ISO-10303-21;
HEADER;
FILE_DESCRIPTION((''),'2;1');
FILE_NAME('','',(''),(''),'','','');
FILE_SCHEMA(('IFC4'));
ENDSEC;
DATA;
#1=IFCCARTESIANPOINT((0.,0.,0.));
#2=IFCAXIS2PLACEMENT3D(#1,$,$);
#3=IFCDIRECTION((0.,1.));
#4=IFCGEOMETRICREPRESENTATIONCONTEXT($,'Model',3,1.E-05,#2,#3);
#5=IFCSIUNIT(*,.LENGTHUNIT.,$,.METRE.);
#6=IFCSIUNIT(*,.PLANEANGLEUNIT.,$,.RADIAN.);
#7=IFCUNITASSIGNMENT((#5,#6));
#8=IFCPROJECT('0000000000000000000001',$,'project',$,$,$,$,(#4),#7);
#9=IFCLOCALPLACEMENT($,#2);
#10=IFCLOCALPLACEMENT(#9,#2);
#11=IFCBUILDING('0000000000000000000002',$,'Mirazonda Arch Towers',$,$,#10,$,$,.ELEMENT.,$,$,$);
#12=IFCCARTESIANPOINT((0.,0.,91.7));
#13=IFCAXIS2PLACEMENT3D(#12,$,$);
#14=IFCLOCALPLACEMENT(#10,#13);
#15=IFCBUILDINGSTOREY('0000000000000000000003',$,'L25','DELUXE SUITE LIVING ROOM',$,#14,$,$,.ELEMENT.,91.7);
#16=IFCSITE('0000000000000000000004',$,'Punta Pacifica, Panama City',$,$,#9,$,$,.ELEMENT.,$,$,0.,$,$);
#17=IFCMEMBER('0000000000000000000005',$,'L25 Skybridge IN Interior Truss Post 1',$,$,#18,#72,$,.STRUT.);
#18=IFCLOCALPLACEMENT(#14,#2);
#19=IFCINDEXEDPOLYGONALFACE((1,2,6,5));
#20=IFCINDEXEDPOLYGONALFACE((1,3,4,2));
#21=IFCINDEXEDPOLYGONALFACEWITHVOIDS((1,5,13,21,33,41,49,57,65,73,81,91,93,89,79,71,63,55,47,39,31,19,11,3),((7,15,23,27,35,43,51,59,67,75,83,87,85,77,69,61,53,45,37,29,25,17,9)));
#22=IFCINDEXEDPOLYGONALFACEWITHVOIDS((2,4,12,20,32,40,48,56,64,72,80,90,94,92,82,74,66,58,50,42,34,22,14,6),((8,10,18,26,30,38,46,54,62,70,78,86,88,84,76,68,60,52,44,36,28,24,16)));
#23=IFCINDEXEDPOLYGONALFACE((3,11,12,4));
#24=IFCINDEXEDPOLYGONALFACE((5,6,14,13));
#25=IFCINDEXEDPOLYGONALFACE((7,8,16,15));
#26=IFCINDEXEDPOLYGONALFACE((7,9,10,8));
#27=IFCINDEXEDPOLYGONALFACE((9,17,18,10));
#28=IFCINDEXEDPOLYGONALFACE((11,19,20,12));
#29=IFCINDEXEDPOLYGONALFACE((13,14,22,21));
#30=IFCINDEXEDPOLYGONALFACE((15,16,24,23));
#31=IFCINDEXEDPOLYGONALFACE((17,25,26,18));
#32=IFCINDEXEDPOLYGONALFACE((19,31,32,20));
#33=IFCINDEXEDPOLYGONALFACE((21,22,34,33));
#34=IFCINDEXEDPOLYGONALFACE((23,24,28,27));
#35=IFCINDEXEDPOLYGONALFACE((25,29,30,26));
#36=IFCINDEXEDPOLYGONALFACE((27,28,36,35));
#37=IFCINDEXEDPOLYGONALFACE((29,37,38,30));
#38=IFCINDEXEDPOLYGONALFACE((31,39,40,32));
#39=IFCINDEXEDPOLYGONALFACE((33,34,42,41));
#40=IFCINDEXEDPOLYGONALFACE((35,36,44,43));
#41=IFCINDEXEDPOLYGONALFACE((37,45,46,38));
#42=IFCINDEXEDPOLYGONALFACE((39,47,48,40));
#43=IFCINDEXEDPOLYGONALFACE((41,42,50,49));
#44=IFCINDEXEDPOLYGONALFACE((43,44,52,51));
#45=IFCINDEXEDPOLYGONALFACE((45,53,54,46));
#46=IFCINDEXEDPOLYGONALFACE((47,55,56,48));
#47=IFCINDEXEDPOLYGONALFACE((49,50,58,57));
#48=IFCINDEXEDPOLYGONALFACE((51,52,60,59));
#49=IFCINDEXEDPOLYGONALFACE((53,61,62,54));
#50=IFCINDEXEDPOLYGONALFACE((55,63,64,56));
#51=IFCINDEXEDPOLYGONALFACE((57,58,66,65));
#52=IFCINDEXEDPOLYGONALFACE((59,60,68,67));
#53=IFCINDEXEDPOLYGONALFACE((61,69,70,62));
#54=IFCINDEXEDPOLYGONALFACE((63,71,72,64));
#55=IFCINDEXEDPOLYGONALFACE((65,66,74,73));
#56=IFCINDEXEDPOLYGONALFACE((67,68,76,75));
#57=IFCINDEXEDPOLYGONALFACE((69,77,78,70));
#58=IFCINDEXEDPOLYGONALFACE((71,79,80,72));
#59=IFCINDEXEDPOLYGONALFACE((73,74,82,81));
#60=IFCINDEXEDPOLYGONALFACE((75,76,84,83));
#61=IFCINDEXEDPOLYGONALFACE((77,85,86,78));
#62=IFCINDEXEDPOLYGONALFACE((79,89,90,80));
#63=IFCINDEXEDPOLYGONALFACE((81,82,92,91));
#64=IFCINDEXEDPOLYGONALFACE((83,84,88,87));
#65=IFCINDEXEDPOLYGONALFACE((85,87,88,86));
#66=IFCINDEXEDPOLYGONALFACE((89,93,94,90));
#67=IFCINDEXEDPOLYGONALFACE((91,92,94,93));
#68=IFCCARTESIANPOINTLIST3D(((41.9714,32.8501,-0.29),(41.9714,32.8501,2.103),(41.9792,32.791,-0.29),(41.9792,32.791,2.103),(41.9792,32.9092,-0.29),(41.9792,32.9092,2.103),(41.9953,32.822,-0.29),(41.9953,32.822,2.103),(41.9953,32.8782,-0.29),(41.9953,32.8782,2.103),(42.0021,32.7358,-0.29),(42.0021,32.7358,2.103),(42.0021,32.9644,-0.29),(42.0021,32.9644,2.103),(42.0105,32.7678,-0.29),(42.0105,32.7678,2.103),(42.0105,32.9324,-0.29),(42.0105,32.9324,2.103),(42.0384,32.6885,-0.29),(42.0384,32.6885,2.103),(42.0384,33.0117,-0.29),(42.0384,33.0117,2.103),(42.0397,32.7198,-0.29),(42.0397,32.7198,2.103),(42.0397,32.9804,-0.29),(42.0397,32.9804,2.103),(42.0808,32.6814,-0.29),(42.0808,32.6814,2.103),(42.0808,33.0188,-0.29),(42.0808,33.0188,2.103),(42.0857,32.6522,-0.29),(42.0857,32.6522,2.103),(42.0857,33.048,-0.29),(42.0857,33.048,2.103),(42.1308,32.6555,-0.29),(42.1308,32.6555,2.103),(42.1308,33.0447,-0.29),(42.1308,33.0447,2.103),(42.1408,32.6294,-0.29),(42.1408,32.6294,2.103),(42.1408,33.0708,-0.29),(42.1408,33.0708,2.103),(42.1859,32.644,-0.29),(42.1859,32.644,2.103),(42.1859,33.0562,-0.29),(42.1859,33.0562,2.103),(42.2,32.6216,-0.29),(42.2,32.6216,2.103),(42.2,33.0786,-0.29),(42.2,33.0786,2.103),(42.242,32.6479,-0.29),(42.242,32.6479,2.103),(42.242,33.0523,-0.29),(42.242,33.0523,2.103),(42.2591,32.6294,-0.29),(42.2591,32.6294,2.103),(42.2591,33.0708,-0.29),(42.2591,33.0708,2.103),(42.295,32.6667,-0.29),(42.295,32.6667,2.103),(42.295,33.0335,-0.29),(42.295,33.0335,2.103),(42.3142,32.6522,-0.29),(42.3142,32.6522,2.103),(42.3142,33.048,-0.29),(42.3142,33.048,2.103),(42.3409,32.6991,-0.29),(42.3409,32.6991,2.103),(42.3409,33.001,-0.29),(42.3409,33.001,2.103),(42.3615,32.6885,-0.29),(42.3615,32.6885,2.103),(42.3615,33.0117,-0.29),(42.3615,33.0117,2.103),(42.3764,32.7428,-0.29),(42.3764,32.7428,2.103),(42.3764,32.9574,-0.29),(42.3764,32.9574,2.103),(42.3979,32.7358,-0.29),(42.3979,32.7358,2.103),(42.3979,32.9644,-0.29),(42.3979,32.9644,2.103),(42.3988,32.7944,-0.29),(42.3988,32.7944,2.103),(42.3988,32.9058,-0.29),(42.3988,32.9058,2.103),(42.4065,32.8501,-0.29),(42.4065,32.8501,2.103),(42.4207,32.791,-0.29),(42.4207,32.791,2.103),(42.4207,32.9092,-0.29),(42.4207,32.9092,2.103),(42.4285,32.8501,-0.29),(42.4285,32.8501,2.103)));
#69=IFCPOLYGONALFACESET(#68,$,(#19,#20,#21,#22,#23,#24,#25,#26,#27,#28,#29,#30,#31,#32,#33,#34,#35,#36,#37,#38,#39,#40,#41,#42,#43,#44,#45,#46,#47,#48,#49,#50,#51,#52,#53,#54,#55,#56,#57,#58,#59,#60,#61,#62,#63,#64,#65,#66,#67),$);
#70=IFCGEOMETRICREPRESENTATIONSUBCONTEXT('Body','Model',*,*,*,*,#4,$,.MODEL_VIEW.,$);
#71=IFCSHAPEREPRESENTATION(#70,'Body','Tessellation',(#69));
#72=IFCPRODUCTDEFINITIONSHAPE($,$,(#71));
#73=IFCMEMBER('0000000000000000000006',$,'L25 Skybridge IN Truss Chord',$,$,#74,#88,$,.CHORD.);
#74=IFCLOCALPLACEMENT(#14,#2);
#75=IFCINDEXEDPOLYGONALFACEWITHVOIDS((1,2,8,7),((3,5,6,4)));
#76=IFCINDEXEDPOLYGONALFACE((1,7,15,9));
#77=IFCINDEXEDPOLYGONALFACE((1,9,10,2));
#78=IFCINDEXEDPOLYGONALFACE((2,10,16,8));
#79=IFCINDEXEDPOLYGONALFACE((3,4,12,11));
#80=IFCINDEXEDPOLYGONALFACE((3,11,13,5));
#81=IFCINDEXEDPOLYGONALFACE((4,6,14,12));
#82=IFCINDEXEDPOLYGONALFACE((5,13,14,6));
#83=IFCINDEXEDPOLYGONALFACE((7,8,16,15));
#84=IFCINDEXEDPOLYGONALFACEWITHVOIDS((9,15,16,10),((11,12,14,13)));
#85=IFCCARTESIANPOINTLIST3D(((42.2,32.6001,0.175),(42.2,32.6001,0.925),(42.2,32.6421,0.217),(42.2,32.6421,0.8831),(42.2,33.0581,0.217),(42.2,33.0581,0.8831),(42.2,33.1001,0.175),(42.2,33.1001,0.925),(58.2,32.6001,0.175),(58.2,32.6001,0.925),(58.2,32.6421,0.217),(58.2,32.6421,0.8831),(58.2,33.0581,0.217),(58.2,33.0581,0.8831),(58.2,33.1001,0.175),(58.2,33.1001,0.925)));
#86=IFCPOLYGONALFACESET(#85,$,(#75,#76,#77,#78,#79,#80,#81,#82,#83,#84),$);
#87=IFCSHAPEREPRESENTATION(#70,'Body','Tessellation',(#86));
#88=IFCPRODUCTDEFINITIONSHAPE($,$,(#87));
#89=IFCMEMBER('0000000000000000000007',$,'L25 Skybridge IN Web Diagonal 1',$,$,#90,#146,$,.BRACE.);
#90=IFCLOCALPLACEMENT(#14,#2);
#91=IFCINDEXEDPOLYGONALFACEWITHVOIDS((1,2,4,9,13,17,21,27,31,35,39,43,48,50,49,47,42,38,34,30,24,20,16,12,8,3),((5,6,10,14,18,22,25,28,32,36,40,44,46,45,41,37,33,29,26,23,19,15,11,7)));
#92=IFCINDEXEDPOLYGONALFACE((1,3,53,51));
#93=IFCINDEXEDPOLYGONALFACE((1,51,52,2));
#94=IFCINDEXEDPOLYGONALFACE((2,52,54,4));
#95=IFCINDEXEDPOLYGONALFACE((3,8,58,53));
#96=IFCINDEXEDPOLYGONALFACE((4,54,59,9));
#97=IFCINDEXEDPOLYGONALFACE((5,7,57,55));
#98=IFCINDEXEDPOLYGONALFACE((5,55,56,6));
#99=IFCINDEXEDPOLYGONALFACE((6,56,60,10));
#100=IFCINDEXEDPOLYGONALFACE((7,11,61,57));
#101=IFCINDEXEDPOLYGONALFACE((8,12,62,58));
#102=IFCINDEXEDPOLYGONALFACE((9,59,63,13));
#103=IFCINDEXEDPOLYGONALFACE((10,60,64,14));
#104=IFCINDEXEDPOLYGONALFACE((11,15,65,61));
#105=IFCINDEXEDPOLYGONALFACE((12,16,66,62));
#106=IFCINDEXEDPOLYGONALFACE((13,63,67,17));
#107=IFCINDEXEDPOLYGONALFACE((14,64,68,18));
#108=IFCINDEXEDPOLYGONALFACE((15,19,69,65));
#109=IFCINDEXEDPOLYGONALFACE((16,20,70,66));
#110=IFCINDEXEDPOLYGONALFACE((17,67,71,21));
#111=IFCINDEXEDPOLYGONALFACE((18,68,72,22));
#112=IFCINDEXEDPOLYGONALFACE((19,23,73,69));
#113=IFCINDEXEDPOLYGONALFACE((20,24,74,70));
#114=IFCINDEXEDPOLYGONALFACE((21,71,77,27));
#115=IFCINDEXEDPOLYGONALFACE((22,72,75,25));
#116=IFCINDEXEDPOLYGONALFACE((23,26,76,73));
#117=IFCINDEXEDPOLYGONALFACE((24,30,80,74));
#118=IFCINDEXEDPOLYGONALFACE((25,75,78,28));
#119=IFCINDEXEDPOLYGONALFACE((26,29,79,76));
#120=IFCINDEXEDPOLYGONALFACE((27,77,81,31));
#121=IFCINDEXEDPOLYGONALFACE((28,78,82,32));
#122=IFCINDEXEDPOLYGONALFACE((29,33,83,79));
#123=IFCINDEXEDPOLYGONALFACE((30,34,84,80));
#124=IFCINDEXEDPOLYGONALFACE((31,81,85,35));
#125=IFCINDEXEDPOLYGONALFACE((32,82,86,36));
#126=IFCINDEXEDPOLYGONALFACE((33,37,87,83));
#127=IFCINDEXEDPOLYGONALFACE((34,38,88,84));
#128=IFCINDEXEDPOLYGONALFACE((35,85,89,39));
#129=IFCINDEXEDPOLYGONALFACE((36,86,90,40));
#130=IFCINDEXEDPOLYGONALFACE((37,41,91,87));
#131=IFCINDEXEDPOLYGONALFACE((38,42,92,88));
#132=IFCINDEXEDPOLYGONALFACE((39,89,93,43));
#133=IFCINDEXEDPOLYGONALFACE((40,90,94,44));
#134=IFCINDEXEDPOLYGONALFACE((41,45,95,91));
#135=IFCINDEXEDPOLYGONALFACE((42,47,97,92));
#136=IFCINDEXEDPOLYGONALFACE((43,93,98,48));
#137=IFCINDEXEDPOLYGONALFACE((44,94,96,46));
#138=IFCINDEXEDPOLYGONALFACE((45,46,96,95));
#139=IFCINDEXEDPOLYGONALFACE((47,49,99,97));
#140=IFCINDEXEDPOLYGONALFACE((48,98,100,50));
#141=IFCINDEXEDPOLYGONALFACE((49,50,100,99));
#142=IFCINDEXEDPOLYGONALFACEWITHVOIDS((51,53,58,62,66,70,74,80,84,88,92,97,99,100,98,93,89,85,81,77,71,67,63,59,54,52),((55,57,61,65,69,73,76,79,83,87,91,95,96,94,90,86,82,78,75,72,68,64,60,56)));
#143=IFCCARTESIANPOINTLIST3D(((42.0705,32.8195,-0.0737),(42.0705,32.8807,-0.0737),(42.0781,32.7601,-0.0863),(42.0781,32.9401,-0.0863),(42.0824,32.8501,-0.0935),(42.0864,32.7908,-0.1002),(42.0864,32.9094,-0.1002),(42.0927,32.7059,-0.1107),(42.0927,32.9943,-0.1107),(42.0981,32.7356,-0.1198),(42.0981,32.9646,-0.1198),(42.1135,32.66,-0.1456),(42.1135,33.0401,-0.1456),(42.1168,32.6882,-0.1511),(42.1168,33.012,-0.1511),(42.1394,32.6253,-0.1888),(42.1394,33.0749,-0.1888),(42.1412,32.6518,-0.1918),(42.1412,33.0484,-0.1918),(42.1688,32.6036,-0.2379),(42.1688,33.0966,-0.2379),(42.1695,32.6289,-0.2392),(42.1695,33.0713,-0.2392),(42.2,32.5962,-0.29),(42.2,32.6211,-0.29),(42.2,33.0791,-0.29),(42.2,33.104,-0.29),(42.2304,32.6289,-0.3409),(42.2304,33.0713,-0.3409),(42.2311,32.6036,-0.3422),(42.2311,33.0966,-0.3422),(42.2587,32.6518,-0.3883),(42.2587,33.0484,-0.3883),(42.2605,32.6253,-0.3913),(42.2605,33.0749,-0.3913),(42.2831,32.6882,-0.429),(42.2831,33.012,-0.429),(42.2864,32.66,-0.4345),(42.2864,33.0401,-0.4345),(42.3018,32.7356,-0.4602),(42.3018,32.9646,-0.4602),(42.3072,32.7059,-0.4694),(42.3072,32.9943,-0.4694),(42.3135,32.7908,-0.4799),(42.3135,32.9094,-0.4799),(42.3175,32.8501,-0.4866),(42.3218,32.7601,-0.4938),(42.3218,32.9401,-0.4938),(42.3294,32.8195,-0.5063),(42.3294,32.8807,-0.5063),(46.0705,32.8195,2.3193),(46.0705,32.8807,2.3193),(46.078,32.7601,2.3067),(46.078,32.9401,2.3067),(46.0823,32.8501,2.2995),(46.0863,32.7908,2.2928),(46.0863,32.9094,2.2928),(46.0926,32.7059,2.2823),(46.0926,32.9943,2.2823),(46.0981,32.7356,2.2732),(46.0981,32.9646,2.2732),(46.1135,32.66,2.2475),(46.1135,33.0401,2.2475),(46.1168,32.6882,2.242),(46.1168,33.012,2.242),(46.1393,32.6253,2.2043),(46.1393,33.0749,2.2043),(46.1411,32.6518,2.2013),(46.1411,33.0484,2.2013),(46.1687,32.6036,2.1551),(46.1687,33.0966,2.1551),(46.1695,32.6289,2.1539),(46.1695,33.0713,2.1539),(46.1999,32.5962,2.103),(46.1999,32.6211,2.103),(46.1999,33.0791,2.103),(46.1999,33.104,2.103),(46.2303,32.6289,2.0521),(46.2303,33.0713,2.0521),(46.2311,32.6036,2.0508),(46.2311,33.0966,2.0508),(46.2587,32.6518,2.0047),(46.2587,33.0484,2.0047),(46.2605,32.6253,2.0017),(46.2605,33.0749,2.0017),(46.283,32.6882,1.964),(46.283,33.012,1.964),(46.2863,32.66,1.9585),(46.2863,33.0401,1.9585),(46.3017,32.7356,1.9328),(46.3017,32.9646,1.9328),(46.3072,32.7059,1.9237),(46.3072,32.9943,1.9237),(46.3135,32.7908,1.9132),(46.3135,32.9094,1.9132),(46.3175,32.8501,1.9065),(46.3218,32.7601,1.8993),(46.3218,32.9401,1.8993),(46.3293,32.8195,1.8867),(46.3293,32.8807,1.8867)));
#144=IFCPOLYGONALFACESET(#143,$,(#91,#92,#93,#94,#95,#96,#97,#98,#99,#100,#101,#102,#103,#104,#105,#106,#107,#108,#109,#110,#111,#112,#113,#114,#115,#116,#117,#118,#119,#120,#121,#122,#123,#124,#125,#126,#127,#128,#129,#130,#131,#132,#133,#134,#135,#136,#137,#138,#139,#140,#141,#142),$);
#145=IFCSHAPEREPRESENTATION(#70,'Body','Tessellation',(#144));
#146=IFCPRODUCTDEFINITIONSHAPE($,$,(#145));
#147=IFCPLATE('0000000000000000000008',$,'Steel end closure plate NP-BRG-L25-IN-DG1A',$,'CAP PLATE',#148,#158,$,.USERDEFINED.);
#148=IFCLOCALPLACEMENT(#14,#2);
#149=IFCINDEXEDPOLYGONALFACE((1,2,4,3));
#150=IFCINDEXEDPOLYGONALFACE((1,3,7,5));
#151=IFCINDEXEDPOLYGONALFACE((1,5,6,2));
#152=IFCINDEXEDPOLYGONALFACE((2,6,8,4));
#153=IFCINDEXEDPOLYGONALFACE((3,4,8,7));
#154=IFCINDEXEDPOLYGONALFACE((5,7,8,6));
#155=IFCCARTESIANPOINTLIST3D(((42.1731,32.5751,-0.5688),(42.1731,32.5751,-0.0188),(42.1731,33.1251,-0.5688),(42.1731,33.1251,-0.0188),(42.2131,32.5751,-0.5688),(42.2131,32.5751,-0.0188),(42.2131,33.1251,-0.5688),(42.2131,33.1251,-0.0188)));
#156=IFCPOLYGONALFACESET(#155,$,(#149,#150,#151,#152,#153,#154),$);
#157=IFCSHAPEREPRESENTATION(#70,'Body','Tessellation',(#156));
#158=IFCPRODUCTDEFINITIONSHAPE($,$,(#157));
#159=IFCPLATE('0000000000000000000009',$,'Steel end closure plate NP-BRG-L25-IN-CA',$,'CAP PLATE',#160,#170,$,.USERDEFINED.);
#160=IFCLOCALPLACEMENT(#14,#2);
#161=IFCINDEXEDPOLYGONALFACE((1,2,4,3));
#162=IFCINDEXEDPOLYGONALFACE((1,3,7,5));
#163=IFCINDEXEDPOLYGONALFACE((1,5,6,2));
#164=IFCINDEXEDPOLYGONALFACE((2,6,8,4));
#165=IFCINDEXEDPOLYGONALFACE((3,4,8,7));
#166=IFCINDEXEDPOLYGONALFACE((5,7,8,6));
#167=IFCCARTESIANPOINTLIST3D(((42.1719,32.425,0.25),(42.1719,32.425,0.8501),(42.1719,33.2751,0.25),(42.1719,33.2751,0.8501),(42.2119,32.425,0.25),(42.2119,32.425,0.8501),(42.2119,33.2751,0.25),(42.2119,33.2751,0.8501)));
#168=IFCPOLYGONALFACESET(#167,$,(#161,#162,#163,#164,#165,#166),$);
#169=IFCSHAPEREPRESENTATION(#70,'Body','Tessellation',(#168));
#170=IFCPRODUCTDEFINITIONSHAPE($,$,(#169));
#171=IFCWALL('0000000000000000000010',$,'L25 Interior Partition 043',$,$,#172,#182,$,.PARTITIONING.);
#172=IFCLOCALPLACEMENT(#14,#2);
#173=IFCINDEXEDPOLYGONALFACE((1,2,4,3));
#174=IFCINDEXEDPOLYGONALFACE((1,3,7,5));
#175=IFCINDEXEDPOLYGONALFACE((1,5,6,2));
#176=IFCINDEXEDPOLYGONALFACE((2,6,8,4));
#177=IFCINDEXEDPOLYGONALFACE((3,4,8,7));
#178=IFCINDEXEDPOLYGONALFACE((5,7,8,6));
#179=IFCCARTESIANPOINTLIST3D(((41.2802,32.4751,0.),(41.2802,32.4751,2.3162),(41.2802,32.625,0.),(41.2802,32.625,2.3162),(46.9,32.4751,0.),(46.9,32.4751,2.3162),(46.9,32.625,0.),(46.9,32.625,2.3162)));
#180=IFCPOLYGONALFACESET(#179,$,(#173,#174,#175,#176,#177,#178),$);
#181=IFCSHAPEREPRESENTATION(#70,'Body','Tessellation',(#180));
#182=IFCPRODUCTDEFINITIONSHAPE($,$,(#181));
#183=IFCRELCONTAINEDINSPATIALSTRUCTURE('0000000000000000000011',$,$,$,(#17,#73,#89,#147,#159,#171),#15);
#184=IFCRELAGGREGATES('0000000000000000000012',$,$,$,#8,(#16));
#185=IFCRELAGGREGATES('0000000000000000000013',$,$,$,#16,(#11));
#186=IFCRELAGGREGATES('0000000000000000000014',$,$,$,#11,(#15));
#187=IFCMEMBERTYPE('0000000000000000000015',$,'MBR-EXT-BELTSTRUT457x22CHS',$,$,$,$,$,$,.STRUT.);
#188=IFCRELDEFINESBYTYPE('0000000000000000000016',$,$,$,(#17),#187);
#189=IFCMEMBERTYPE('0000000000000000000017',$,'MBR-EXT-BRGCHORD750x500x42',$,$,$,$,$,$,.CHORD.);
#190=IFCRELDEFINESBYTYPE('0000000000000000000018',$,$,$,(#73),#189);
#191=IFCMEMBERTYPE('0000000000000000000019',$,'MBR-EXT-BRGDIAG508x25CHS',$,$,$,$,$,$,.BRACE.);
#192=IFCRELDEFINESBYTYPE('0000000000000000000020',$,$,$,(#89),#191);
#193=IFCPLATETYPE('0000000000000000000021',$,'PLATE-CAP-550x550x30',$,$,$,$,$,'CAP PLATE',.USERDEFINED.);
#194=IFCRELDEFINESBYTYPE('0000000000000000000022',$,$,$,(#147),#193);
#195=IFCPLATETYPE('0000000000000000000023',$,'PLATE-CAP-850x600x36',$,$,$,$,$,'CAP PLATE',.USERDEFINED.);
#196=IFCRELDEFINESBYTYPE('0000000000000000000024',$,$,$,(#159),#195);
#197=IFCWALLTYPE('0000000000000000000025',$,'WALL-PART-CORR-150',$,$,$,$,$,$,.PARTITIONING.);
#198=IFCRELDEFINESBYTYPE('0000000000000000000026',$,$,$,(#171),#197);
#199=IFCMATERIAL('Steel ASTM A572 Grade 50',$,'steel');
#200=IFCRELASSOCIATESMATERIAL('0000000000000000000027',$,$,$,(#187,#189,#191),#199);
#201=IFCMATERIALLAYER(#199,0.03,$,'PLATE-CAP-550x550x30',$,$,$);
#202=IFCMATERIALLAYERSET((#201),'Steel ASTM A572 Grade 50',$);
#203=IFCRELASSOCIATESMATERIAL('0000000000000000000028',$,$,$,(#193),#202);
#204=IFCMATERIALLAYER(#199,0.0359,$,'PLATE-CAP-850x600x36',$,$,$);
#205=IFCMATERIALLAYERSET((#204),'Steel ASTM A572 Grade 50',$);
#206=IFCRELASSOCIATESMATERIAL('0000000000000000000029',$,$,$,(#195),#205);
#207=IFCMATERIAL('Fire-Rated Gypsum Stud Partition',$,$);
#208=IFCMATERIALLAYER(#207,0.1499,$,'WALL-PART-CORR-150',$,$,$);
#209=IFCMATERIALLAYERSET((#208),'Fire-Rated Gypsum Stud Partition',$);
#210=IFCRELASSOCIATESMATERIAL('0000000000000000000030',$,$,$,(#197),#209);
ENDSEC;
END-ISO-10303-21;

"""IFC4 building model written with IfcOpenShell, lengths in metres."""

from ifc_helpers import new_model, si_unit, direction, frame, frame_2d, origin, origin_2d, place, context, subcontext, project, spatial, rectangle, hollow_rectangle, hollow_circle, extrude, material, layer, layer_set, material_profile, profile_set, type_object, element, save


model = new_model("IFC4")

# Units and contexts
model_context = context("Model", 3, precision=1e-05, world=origin(), true_north=direction((0.0, 1.0)))
body_context = subcontext(model_context, "Body", "Model", "MODEL_VIEW")
ifc_project = project(units=[si_unit("LENGTHUNIT", "METRE"), si_unit("PLANEANGLEUNIT", "RADIAN")], contexts=[model_context])

# Site, building, storey
site_placement = place(None, origin())
site = spatial("IfcSite", under=ifc_project, at=site_placement, Name="Punta Pacifica, Panama City", CompositionType="ELEMENT", RefElevation=0.0)
building_placement = place(site_placement, origin())
building = spatial("IfcBuilding", under=site, at=building_placement, Name="Mirazonda Arch Towers", CompositionType="ELEMENT")
storey_placement = place(building_placement, frame((0.0, 0.0, 91.7)))
storey = spatial("IfcBuildingStorey", under=building, at=storey_placement, Name="L25", Description="DELUXE SUITE LIVING ROOM", CompositionType="ELEMENT", Elevation=91.7)

# Shared definitions
ifc_material_1 = material(Name="Steel ASTM A572 Grade 50", Category="steel")

# Members
ifc_material_profile_1 = material_profile(ifc_material_1, hollow_circle(Radius=0.2285, WallThickness=0.022, at=origin_2d()), Name="BELTSTRUT457x22CHS")
ifc_profile_set_1 = profile_set([ifc_material_profile_1], Name="Steel ASTM A572 Grade 50")
member_type_1 = type_object("IfcMemberType", Name="MBR-EXT-BELTSTRUT457x22CHS", PredefinedType="STRUT", material=ifc_profile_set_1)
for number, where, z_axis, x_axis, name in (
    (1, (42.2, 32.8501, -0.29), (0.0, 0.0, 1.0), (1.0, 0.0, 0.0), "L25 Skybridge IN Interior Truss Post 1"),
):
    element("IfcMember", number, at=place(storey_placement, frame(where, z_axis=z_axis, x_axis=x_axis)), inside=storey, type_object=member_type_1, Name=name, PredefinedType="STRUT", context=body_context, shape_type="SweptSolid", body=[
        extrude(hollow_circle(Radius=0.2285, WallThickness=0.022, at=origin_2d()), origin(), (0.0, 0.0, 1.0), 2.3931),
    ])
ifc_material_profile_2 = material_profile(ifc_material_1, hollow_rectangle(XDim=0.5, YDim=0.75, WallThickness=0.042, at=origin_2d()), Name="BRGCHORD750x500x42")
ifc_profile_set_2 = profile_set([ifc_material_profile_2], Name="Steel ASTM A572 Grade 50")
member_type_2 = type_object("IfcMemberType", Name="MBR-EXT-BRGCHORD750x500x42", PredefinedType="CHORD", material=ifc_profile_set_2)
member_1_placement = place(storey_placement, frame((42.2, 32.8501, 0.55), z_axis=(1.0, 0.0, 0.0), x_axis=(0.0, 1.0, 0.0)))
element("IfcMember", 2, at=member_1_placement, inside=storey, type_object=member_type_2, Name="L25 Skybridge IN Truss Chord", PredefinedType="CHORD", context=body_context, shape_type="SweptSolid", body=[
    extrude(hollow_rectangle(XDim=0.5, YDim=0.75, WallThickness=0.042, at=origin_2d()), origin(), (0.0, 0.0, 1.0), 16.0),
])
ifc_material_profile_3 = material_profile(ifc_material_1, hollow_circle(Radius=0.2539, WallThickness=0.0249, at=origin_2d()), Name="BRGDIAG508x25CHS")
ifc_profile_set_3 = profile_set([ifc_material_profile_3], Name="Steel ASTM A572 Grade 50")
member_type_3 = type_object("IfcMemberType", Name="MBR-EXT-BRGDIAG508x25CHS", PredefinedType="BRACE", material=ifc_profile_set_3)
member_2_placement = place(storey_placement, frame((42.2, 32.8501, -0.29), z_axis=(0.858148, 0.0, 0.513402), x_axis=(0.0, 1.0, 0.0)))
element("IfcMember", 3, at=member_2_placement, inside=storey, type_object=member_type_3, Name="L25 Skybridge IN Web Diagonal 1", PredefinedType="BRACE", context=body_context, shape_type="SweptSolid", body=[
    extrude(hollow_circle(Radius=0.2539, WallThickness=0.0249, at=origin_2d()), origin(), (0.0, 0.0, 1.0), 4.6611),
])

# Plates
ifc_layer_1 = layer(ifc_material_1, 0.03, Name="PLATE-CAP-550x550x30")
ifc_layer_set_1 = layer_set([ifc_layer_1], Name="Steel ASTM A572 Grade 50")
plate_type_1 = type_object("IfcPlateType", Name="PLATE-CAP-550x550x30", ElementType="CAP PLATE", PredefinedType="USERDEFINED", material=ifc_layer_set_1)
plate_1_placement = place(storey_placement, frame((42.1931, 32.8501, -0.5688), z_axis=(0.0, 0.0, 1.0), x_axis=(-1.0, 0.0, 0.0)))
element("IfcPlate", 4, at=plate_1_placement, inside=storey, type_object=plate_type_1, Name="Steel end closure plate NP-BRG-L25-IN-DG1A", ObjectType="CAP PLATE", PredefinedType="USERDEFINED", context=body_context, shape_type="SweptSolid", body=[
    extrude(rectangle(XDim=0.04, YDim=0.55, at=origin_2d()), origin(), (0.0, 0.0, 1.0), 0.55),
])
ifc_layer_2 = layer(ifc_material_1, 0.0359, Name="PLATE-CAP-850x600x36")
ifc_layer_set_2 = layer_set([ifc_layer_2], Name="Steel ASTM A572 Grade 50")
plate_type_2 = type_object("IfcPlateType", Name="PLATE-CAP-850x600x36", ElementType="CAP PLATE", PredefinedType="USERDEFINED", material=ifc_layer_set_2)
plate_2_placement = place(storey_placement, frame((42.1919, 32.8501, 0.25), z_axis=(0.0, 0.0, 1.0), x_axis=(-1.0, 0.0, 0.0)))
element("IfcPlate", 5, at=plate_2_placement, inside=storey, type_object=plate_type_2, Name="Steel end closure plate NP-BRG-L25-IN-CA", ObjectType="CAP PLATE", PredefinedType="USERDEFINED", context=body_context, shape_type="SweptSolid", body=[
    extrude(rectangle(XDim=0.04, YDim=0.8501, at=origin_2d()), origin(), (0.0, 0.0, 1.0), 0.6001),
])

# Wall
ifc_material_2 = material(Name="Fire-Rated Gypsum Stud Partition")
ifc_layer_3 = layer(ifc_material_2, 0.1499, Name="WALL-PART-CORR-150")
ifc_layer_set_3 = layer_set([ifc_layer_3], Name="Fire-Rated Gypsum Stud Partition")
wall_type_1 = type_object("IfcWallType", Name="WALL-PART-CORR-150", PredefinedType="PARTITIONING", material=ifc_layer_set_3)
wall_1_placement = place(storey_placement, frame((41.28, 32.55, 0.0), z_axis=(0.0, 0.0, 1.0), x_axis=(1.0, 0.0, 0.0)))
element("IfcWall", 6, at=wall_1_placement, inside=storey, type_object=wall_type_1, Name="L25 Interior Partition 043", PredefinedType="PARTITIONING", context=body_context, shape_type="SweptSolid", body=[
    extrude(rectangle(XDim=5.6199, YDim=0.1499, at=frame_2d((2.8101, 0.0))), origin(), (0.0, 0.0, 1.0), 2.3162),
])

save(model, "model.ifc")
